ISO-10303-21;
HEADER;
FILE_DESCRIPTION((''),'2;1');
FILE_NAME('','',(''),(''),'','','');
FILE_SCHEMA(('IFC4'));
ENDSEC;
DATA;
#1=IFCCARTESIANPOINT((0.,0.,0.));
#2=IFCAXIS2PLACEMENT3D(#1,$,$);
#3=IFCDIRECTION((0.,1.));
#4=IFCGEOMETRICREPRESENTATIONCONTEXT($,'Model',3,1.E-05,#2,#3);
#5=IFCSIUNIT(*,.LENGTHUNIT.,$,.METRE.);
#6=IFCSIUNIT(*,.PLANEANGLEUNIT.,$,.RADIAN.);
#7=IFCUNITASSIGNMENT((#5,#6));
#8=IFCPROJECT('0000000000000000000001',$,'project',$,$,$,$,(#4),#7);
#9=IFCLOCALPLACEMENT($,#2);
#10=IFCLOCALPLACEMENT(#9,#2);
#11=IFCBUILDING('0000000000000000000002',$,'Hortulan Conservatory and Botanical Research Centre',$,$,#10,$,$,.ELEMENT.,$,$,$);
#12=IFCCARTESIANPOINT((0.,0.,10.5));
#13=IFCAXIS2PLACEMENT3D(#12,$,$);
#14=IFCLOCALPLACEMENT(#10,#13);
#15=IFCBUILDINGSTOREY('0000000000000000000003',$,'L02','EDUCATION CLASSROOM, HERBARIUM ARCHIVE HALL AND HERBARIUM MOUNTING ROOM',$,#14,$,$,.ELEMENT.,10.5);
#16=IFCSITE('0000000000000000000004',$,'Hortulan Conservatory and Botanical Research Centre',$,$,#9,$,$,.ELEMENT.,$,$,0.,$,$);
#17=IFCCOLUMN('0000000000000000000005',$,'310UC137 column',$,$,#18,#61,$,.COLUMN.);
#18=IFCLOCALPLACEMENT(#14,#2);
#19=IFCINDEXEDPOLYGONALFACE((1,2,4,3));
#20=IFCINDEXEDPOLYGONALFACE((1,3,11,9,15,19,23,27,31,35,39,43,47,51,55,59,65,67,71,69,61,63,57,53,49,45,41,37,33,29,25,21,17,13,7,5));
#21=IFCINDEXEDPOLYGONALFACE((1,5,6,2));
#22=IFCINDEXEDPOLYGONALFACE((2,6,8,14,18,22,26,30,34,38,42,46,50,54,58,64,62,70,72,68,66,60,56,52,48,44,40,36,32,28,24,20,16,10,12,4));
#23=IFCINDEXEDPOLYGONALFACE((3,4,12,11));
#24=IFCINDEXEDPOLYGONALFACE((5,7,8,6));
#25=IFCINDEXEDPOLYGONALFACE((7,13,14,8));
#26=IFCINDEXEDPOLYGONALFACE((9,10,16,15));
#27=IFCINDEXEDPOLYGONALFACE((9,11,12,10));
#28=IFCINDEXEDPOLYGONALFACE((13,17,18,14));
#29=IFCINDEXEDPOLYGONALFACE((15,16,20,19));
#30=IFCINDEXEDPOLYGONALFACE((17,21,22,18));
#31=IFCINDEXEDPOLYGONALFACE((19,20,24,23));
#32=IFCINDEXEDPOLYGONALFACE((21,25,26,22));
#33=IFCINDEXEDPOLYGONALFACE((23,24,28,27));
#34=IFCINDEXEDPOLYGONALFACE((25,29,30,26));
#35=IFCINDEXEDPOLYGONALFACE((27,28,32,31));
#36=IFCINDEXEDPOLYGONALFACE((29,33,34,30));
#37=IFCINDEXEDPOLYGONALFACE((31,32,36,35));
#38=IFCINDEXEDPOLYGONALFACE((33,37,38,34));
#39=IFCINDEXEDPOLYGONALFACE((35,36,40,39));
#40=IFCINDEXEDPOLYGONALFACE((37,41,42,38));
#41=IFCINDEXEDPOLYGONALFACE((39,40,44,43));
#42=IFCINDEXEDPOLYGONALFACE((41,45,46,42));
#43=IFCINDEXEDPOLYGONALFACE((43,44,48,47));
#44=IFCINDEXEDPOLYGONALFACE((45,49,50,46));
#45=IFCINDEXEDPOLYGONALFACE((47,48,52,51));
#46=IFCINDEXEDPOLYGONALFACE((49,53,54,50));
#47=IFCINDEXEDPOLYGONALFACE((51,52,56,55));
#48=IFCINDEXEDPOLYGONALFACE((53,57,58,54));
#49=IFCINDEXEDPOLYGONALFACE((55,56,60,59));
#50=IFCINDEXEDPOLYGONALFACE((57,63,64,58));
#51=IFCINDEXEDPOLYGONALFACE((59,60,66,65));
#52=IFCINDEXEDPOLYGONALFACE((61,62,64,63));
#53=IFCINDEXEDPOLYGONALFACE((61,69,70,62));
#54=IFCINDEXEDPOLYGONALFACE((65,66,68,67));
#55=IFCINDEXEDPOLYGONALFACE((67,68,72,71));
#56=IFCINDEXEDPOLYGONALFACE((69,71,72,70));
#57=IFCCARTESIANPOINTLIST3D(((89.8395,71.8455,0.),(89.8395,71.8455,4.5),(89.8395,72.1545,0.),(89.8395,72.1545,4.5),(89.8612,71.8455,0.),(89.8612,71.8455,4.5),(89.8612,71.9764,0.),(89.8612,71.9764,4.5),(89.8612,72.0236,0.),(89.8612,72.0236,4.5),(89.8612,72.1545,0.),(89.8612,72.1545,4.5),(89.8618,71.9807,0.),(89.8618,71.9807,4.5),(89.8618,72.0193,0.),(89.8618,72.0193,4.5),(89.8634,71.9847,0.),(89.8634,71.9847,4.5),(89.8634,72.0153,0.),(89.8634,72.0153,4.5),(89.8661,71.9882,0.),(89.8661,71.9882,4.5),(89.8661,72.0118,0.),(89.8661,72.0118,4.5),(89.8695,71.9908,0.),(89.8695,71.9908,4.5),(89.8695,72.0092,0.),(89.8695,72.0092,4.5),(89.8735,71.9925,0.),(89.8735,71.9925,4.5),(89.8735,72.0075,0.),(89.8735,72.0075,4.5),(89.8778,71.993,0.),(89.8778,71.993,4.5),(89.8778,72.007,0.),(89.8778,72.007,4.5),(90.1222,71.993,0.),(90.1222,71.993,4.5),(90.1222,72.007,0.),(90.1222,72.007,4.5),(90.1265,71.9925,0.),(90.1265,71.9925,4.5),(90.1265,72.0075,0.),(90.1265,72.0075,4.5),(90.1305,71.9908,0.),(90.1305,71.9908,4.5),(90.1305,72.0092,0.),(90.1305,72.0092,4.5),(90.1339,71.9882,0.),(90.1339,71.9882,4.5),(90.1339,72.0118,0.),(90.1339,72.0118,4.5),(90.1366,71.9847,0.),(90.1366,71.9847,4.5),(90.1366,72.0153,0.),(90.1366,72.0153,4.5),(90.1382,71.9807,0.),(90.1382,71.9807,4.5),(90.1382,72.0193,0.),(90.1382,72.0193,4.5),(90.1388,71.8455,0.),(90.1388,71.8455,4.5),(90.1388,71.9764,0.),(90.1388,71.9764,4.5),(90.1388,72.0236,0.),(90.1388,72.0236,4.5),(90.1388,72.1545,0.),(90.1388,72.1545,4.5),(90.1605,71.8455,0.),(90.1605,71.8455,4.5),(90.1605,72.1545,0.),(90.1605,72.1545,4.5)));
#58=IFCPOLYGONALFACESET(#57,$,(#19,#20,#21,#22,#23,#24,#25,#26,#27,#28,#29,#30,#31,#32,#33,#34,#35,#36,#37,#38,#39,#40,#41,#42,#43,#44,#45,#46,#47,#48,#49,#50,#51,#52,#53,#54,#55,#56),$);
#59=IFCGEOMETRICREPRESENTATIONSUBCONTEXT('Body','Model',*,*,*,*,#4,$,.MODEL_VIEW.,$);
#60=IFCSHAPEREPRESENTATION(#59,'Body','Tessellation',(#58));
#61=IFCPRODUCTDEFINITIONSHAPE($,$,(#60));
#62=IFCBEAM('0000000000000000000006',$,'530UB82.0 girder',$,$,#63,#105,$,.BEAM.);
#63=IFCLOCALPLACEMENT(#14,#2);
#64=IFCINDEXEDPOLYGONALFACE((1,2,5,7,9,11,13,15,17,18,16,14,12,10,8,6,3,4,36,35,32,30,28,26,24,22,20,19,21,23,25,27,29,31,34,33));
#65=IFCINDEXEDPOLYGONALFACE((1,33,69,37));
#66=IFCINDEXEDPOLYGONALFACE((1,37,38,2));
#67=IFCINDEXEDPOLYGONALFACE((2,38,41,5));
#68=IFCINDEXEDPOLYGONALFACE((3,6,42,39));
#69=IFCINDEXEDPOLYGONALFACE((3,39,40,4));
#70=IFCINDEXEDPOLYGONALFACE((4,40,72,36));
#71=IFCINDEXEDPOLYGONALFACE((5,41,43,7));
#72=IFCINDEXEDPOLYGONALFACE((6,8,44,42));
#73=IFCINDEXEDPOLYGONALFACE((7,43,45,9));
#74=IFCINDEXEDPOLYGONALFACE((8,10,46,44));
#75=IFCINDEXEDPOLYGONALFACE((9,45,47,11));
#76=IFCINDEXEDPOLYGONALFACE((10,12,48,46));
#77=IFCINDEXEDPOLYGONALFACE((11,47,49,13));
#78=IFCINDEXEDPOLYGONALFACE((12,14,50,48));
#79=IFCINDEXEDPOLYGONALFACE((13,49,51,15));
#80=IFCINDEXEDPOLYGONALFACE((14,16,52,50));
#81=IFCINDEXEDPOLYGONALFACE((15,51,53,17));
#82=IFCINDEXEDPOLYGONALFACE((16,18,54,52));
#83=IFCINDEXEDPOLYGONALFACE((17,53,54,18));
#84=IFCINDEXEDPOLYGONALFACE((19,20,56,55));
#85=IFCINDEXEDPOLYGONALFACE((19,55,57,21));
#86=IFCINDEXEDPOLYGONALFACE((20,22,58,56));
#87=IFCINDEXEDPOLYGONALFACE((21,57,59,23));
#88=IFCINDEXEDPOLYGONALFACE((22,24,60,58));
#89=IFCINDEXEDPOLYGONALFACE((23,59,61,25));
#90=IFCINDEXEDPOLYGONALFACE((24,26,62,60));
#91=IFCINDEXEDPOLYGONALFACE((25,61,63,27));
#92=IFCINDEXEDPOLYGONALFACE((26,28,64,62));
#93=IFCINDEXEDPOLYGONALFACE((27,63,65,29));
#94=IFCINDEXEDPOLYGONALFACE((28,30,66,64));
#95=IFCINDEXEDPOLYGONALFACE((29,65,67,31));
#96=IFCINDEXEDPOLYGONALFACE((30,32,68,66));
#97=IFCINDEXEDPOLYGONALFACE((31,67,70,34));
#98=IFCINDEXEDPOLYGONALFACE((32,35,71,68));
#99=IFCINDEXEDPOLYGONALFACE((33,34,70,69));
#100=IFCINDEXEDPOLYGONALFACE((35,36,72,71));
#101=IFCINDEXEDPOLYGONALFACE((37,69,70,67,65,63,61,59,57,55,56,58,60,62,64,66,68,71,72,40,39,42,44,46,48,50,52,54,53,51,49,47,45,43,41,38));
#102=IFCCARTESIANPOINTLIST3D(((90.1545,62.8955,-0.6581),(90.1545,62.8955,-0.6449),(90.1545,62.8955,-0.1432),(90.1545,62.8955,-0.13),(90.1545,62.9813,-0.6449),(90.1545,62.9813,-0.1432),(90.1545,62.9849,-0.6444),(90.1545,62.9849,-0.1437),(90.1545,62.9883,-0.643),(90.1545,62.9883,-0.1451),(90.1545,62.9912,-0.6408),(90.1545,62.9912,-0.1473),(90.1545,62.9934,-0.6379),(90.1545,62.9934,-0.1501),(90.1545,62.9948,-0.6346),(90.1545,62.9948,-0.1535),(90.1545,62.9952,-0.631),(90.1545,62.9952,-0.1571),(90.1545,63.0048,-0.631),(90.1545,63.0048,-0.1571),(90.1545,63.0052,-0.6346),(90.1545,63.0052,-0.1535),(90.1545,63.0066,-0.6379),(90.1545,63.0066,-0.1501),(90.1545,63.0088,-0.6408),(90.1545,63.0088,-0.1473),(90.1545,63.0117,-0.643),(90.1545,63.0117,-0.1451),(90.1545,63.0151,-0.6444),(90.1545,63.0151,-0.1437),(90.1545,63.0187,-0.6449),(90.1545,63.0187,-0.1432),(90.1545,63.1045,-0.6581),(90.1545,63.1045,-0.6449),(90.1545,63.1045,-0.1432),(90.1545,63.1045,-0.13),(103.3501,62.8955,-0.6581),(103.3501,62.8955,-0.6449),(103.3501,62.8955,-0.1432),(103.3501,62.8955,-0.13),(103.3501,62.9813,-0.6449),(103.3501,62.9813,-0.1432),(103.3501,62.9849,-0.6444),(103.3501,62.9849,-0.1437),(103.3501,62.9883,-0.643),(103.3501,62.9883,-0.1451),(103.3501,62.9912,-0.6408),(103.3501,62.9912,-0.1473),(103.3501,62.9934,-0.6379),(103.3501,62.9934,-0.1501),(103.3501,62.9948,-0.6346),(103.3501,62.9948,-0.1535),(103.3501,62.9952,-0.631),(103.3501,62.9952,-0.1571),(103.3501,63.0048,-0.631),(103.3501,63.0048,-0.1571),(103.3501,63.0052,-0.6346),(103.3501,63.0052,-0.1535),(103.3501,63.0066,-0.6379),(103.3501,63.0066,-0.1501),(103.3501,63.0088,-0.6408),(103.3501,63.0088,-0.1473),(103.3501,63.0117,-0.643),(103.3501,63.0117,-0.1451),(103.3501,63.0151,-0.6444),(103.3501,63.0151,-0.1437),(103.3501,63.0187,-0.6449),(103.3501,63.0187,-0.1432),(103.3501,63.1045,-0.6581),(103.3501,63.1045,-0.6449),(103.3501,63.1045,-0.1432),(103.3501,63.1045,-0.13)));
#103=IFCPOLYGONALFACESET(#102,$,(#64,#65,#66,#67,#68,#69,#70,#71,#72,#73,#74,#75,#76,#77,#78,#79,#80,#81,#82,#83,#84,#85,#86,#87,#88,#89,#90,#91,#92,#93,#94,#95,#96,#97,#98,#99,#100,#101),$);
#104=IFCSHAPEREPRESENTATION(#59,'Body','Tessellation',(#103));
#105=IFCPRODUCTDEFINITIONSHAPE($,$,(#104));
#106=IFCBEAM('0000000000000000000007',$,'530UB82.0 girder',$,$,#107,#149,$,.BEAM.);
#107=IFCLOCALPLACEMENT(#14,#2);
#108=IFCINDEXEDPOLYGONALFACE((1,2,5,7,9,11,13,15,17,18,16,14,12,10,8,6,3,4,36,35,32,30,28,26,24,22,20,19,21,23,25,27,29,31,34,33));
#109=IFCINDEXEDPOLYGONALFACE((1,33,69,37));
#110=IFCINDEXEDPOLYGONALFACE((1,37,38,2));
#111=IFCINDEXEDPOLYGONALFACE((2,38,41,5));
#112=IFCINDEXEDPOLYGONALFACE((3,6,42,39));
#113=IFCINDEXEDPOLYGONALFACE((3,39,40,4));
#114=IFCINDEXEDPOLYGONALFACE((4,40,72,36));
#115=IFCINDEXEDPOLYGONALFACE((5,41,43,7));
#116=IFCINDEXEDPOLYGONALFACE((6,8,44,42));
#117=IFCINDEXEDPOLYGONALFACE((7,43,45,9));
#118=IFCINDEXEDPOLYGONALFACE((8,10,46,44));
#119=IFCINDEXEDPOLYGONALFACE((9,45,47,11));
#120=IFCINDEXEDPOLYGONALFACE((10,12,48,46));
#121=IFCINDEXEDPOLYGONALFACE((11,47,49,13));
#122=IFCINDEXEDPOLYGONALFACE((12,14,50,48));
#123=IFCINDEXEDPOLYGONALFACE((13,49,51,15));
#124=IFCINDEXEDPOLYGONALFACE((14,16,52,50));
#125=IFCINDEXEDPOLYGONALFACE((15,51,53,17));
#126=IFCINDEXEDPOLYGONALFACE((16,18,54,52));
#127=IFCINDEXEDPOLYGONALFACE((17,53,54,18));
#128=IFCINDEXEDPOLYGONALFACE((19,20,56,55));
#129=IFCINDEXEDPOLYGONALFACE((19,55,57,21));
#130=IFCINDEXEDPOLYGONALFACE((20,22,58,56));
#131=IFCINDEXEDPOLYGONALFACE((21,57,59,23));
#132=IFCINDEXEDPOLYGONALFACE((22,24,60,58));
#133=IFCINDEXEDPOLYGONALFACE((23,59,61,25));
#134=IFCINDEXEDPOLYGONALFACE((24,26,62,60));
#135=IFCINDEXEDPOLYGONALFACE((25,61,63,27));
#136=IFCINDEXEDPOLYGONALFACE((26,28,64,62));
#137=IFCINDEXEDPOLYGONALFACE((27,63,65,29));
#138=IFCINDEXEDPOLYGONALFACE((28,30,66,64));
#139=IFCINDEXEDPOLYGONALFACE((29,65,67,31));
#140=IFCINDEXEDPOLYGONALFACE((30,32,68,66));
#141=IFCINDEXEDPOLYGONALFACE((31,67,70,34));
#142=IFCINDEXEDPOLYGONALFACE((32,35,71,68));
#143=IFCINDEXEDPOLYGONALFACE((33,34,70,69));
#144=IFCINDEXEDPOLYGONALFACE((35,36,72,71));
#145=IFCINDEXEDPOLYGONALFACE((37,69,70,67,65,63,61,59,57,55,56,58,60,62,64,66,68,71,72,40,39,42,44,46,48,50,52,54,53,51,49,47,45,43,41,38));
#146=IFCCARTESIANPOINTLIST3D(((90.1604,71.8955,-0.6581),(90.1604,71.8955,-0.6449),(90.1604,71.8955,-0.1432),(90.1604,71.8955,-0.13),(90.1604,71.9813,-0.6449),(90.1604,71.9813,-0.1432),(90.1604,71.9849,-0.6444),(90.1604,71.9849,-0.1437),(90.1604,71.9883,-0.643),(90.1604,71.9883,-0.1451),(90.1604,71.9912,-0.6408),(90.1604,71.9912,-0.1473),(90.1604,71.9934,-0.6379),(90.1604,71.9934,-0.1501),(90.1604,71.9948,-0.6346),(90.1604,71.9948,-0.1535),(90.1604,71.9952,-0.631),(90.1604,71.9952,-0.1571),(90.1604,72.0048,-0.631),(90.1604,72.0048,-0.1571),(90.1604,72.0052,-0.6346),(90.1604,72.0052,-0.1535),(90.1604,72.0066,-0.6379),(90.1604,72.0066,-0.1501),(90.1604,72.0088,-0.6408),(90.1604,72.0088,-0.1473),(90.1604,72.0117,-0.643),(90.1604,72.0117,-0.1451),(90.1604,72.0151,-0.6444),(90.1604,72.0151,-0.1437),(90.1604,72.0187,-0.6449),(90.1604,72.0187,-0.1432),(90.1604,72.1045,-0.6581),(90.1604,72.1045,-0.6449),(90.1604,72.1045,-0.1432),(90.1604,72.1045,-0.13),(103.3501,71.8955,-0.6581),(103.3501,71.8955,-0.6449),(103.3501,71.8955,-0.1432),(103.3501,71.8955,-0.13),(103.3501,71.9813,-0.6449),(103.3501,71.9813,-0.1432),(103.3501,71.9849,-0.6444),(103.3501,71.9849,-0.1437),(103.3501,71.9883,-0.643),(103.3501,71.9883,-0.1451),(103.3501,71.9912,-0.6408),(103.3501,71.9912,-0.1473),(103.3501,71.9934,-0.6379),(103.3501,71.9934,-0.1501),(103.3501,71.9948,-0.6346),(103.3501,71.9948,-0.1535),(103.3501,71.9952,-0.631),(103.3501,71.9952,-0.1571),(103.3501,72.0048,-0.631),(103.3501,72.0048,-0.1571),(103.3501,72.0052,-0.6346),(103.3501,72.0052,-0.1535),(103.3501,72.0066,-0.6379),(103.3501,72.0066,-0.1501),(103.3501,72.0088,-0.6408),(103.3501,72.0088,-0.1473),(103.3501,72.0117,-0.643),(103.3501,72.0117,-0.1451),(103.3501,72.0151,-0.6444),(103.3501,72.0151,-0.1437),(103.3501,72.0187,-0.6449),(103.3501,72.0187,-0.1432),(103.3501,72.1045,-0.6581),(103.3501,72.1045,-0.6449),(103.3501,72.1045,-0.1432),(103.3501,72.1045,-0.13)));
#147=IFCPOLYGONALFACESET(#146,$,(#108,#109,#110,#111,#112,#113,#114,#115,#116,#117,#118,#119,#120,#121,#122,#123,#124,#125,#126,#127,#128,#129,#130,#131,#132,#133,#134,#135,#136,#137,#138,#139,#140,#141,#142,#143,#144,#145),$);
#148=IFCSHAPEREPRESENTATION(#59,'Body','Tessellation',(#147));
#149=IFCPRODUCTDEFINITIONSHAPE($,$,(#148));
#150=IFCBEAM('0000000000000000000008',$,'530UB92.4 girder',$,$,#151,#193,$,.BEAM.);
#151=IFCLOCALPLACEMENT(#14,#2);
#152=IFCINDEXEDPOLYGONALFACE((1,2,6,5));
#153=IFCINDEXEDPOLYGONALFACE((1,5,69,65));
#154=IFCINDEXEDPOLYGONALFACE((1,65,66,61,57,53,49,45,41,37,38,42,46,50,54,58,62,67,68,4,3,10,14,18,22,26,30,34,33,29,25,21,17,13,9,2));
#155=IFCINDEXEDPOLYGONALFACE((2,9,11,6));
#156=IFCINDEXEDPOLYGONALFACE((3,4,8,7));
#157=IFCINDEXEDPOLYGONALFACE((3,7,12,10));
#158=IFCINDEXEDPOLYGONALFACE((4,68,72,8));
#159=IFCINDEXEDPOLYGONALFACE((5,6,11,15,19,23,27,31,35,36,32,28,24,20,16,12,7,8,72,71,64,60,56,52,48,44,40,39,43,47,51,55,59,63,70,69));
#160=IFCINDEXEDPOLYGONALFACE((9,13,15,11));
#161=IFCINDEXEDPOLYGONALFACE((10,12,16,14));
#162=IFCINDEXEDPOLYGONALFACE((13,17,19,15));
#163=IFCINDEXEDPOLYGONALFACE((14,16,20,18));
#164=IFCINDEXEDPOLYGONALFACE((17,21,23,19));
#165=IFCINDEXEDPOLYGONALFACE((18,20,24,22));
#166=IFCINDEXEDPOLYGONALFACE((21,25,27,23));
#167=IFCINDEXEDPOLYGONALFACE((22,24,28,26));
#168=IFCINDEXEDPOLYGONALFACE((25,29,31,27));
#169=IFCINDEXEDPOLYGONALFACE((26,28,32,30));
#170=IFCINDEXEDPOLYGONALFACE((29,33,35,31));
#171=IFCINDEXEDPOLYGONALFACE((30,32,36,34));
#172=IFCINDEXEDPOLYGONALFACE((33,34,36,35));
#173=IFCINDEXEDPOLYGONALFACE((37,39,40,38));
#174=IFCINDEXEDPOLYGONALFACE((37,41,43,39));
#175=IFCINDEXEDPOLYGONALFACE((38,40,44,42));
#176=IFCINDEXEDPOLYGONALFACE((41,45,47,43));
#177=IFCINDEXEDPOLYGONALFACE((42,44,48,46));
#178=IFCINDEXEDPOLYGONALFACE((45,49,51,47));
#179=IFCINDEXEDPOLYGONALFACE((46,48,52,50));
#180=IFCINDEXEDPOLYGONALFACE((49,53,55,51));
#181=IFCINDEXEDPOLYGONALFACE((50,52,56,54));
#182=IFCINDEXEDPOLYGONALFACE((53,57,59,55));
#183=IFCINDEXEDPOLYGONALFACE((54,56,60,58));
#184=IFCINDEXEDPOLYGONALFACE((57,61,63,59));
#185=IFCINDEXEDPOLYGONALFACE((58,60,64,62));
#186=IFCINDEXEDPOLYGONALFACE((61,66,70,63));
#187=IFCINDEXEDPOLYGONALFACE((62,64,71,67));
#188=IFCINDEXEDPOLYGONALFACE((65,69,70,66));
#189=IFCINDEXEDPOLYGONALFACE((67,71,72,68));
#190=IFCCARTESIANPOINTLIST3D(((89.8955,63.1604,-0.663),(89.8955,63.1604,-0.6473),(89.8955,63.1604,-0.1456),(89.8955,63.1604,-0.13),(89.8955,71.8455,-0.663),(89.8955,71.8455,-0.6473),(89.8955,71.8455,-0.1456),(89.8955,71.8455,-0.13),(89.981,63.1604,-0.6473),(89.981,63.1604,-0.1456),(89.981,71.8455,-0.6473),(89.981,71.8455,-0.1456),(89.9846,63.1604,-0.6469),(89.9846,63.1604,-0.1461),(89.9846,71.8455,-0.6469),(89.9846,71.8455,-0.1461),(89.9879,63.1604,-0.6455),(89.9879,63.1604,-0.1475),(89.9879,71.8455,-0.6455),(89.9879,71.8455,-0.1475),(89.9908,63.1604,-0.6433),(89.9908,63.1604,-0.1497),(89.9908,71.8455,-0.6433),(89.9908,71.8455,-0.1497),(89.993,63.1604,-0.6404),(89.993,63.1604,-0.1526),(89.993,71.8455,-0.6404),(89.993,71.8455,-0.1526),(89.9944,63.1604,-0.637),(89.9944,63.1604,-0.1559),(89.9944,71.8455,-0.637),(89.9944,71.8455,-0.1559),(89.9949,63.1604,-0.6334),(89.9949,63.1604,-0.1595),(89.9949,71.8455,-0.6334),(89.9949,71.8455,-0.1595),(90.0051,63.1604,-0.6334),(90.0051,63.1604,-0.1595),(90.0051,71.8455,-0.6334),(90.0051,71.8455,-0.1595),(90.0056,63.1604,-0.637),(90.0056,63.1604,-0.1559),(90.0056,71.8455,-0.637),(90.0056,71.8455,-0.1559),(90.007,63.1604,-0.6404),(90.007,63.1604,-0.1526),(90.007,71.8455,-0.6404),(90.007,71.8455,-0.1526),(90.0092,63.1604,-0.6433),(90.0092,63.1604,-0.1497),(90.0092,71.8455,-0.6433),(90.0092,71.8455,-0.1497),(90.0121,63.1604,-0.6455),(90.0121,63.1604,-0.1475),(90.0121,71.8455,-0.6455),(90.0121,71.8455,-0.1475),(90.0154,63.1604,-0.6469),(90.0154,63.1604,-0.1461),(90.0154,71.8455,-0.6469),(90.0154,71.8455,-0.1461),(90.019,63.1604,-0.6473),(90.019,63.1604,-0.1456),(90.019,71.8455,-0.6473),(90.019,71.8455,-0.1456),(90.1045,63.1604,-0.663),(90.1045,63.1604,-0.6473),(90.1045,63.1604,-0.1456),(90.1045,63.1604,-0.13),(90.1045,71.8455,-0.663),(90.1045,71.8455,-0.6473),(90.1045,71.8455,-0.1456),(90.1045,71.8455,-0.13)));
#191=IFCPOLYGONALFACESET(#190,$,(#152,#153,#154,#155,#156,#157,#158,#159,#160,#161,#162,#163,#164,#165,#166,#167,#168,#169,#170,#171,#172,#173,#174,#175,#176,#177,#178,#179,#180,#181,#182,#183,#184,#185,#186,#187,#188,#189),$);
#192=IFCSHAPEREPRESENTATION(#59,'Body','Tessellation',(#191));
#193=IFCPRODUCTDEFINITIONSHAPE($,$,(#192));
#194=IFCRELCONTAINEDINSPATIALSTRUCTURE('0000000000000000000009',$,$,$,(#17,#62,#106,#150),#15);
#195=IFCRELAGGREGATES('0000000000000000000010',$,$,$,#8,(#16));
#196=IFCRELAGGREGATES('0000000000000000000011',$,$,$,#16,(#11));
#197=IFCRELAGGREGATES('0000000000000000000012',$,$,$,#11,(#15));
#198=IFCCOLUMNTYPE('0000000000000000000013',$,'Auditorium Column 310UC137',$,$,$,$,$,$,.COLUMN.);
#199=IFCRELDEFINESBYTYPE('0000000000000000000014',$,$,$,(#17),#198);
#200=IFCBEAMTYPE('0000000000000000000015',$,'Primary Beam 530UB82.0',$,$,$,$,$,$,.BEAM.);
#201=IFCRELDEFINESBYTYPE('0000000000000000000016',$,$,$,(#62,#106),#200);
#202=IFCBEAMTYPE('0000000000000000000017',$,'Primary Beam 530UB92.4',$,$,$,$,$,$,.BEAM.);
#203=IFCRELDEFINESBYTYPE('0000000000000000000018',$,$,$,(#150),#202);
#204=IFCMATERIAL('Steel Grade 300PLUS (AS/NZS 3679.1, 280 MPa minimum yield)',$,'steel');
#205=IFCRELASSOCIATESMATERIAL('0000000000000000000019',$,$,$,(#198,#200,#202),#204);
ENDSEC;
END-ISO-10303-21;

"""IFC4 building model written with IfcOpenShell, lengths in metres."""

from ifc_helpers import new_model, si_unit, direction, frame, origin, origin_2d, place, context, subcontext, project, spatial, i_section, extrude, material, material_profile, profile_set, type_object, element, save


model = new_model("IFC4")

# Units and contexts
model_context = context("Model", 3, precision=1e-05, world=origin(), true_north=direction((0.0, 1.0)))
body_context = subcontext(model_context, "Body", "Model", "MODEL_VIEW")
ifc_project = project(units=[si_unit("LENGTHUNIT", "METRE"), si_unit("PLANEANGLEUNIT", "RADIAN")], contexts=[model_context])

# Site, building, storey
site_placement = place(None, origin())
site = spatial("IfcSite", under=ifc_project, at=site_placement, Name="Hortulan Conservatory and Botanical Research Centre", CompositionType="ELEMENT", RefElevation=0.0)
building_placement = place(site_placement, origin())
building = spatial("IfcBuilding", under=site, at=building_placement, Name="Hortulan Conservatory and Botanical Research Centre", CompositionType="ELEMENT")
storey_placement = place(building_placement, frame((0.0, 0.0, 10.5)))
storey = spatial("IfcBuildingStorey", under=building, at=storey_placement, Name="L02", Description="EDUCATION CLASSROOM, HERBARIUM ARCHIVE HALL AND HERBARIUM MOUNTING ROOM", CompositionType="ELEMENT", Elevation=10.5)

# Column
ifc_material_1 = material(Name="Steel Grade 300PLUS (AS/NZS 3679.1, 280 MPa minimum yield)", Category="steel")
ifc_material_profile_1 = material_profile(ifc_material_1, i_section(OverallWidth=0.3091, OverallDepth=0.321, WebThickness=0.0139, FlangeThickness=0.0217, FilletRadius=0.0166, at=origin_2d()), Name="310UC137")
ifc_profile_set_1 = profile_set([ifc_material_profile_1], Name="Steel Grade 300PLUS (AS/NZS 3679.1, 280 MPa minimum yield)")
column_type = type_object("IfcColumnType", Name="Auditorium Column 310UC137", PredefinedType="COLUMN", material=ifc_profile_set_1)
column_placement = place(storey_placement, frame((90.0, 72.0, 0.0), z_axis=(0.0, 0.0, 1.0), x_axis=(0.0, 1.0, 0.0)))
element("IfcColumn", 1, at=column_placement, inside=storey, type_object=column_type, Name="310UC137 column", PredefinedType="COLUMN", context=body_context, shape_type="SweptSolid", body=[
    extrude(i_section(OverallWidth=0.3091, OverallDepth=0.321, WebThickness=0.0139, FlangeThickness=0.0217, FilletRadius=0.0166, at=origin_2d()), origin(), (0.0, 0.0, 1.0), 4.5),
])

# Beams
ifc_material_profile_2 = material_profile(ifc_material_1, i_section(OverallWidth=0.209, OverallDepth=0.5281, WebThickness=0.0095, FlangeThickness=0.0132, FilletRadius=0.0139, at=origin_2d()), Name="530UB82.0")
ifc_profile_set_2 = profile_set([ifc_material_profile_2], Name="Steel Grade 300PLUS (AS/NZS 3679.1, 280 MPa minimum yield)")
beam_type_1 = type_object("IfcBeamType", Name="Primary Beam 530UB82.0", PredefinedType="BEAM", material=ifc_profile_set_2)
beam_1_placement = place(storey_placement, frame((90.1545, 63.0, -0.394), z_axis=(1.0, 0.0, 0.0), x_axis=(0.0, 1.0, 0.0)))
element("IfcBeam", 2, at=beam_1_placement, inside=storey, type_object=beam_type_1, Name="530UB82.0 girder", PredefinedType="BEAM", context=body_context, shape_type="SweptSolid", body=[
    extrude(i_section(OverallWidth=0.209, OverallDepth=0.5281, WebThickness=0.0095, FlangeThickness=0.0132, FilletRadius=0.0139, at=origin_2d()), origin(), (0.0, 0.0, 1.0), 13.1956),
])
beam_2_placement = place(storey_placement, frame((90.1604, 72.0, -0.394), z_axis=(1.0, 0.0, 0.0), x_axis=(0.0, 1.0, 0.0)))
element("IfcBeam", 3, at=beam_2_placement, inside=storey, type_object=beam_type_1, Name="530UB82.0 girder", PredefinedType="BEAM", context=body_context, shape_type="SweptSolid", body=[
    extrude(i_section(OverallWidth=0.209, OverallDepth=0.5281, WebThickness=0.0095, FlangeThickness=0.0132, FilletRadius=0.0139, at=origin_2d()), origin(), (0.0, 0.0, 1.0), 13.1897),
])
ifc_material_profile_3 = material_profile(ifc_material_1, i_section(OverallWidth=0.209, OverallDepth=0.533, WebThickness=0.0103, FlangeThickness=0.0156, FilletRadius=0.0139, at=origin_2d()), Name="530UB92.4")
ifc_profile_set_3 = profile_set([ifc_material_profile_3], Name="Steel Grade 300PLUS (AS/NZS 3679.1, 280 MPa minimum yield)")
beam_type_2 = type_object("IfcBeamType", Name="Primary Beam 530UB92.4", PredefinedType="BEAM", material=ifc_profile_set_3)
beam_3_placement = place(storey_placement, frame((90.0, 63.1604, -0.3965), z_axis=(0.0, 1.0, 0.0), x_axis=(-1.0, 0.0, 0.0)))
element("IfcBeam", 4, at=beam_3_placement, inside=storey, type_object=beam_type_2, Name="530UB92.4 girder", PredefinedType="BEAM", context=body_context, shape_type="SweptSolid", body=[
    extrude(i_section(OverallWidth=0.209, OverallDepth=0.533, WebThickness=0.0103, FlangeThickness=0.0156, FilletRadius=0.0139, at=origin_2d()), origin(), (0.0, 0.0, 1.0), 8.6851),
])

save(model, "model.ifc")
